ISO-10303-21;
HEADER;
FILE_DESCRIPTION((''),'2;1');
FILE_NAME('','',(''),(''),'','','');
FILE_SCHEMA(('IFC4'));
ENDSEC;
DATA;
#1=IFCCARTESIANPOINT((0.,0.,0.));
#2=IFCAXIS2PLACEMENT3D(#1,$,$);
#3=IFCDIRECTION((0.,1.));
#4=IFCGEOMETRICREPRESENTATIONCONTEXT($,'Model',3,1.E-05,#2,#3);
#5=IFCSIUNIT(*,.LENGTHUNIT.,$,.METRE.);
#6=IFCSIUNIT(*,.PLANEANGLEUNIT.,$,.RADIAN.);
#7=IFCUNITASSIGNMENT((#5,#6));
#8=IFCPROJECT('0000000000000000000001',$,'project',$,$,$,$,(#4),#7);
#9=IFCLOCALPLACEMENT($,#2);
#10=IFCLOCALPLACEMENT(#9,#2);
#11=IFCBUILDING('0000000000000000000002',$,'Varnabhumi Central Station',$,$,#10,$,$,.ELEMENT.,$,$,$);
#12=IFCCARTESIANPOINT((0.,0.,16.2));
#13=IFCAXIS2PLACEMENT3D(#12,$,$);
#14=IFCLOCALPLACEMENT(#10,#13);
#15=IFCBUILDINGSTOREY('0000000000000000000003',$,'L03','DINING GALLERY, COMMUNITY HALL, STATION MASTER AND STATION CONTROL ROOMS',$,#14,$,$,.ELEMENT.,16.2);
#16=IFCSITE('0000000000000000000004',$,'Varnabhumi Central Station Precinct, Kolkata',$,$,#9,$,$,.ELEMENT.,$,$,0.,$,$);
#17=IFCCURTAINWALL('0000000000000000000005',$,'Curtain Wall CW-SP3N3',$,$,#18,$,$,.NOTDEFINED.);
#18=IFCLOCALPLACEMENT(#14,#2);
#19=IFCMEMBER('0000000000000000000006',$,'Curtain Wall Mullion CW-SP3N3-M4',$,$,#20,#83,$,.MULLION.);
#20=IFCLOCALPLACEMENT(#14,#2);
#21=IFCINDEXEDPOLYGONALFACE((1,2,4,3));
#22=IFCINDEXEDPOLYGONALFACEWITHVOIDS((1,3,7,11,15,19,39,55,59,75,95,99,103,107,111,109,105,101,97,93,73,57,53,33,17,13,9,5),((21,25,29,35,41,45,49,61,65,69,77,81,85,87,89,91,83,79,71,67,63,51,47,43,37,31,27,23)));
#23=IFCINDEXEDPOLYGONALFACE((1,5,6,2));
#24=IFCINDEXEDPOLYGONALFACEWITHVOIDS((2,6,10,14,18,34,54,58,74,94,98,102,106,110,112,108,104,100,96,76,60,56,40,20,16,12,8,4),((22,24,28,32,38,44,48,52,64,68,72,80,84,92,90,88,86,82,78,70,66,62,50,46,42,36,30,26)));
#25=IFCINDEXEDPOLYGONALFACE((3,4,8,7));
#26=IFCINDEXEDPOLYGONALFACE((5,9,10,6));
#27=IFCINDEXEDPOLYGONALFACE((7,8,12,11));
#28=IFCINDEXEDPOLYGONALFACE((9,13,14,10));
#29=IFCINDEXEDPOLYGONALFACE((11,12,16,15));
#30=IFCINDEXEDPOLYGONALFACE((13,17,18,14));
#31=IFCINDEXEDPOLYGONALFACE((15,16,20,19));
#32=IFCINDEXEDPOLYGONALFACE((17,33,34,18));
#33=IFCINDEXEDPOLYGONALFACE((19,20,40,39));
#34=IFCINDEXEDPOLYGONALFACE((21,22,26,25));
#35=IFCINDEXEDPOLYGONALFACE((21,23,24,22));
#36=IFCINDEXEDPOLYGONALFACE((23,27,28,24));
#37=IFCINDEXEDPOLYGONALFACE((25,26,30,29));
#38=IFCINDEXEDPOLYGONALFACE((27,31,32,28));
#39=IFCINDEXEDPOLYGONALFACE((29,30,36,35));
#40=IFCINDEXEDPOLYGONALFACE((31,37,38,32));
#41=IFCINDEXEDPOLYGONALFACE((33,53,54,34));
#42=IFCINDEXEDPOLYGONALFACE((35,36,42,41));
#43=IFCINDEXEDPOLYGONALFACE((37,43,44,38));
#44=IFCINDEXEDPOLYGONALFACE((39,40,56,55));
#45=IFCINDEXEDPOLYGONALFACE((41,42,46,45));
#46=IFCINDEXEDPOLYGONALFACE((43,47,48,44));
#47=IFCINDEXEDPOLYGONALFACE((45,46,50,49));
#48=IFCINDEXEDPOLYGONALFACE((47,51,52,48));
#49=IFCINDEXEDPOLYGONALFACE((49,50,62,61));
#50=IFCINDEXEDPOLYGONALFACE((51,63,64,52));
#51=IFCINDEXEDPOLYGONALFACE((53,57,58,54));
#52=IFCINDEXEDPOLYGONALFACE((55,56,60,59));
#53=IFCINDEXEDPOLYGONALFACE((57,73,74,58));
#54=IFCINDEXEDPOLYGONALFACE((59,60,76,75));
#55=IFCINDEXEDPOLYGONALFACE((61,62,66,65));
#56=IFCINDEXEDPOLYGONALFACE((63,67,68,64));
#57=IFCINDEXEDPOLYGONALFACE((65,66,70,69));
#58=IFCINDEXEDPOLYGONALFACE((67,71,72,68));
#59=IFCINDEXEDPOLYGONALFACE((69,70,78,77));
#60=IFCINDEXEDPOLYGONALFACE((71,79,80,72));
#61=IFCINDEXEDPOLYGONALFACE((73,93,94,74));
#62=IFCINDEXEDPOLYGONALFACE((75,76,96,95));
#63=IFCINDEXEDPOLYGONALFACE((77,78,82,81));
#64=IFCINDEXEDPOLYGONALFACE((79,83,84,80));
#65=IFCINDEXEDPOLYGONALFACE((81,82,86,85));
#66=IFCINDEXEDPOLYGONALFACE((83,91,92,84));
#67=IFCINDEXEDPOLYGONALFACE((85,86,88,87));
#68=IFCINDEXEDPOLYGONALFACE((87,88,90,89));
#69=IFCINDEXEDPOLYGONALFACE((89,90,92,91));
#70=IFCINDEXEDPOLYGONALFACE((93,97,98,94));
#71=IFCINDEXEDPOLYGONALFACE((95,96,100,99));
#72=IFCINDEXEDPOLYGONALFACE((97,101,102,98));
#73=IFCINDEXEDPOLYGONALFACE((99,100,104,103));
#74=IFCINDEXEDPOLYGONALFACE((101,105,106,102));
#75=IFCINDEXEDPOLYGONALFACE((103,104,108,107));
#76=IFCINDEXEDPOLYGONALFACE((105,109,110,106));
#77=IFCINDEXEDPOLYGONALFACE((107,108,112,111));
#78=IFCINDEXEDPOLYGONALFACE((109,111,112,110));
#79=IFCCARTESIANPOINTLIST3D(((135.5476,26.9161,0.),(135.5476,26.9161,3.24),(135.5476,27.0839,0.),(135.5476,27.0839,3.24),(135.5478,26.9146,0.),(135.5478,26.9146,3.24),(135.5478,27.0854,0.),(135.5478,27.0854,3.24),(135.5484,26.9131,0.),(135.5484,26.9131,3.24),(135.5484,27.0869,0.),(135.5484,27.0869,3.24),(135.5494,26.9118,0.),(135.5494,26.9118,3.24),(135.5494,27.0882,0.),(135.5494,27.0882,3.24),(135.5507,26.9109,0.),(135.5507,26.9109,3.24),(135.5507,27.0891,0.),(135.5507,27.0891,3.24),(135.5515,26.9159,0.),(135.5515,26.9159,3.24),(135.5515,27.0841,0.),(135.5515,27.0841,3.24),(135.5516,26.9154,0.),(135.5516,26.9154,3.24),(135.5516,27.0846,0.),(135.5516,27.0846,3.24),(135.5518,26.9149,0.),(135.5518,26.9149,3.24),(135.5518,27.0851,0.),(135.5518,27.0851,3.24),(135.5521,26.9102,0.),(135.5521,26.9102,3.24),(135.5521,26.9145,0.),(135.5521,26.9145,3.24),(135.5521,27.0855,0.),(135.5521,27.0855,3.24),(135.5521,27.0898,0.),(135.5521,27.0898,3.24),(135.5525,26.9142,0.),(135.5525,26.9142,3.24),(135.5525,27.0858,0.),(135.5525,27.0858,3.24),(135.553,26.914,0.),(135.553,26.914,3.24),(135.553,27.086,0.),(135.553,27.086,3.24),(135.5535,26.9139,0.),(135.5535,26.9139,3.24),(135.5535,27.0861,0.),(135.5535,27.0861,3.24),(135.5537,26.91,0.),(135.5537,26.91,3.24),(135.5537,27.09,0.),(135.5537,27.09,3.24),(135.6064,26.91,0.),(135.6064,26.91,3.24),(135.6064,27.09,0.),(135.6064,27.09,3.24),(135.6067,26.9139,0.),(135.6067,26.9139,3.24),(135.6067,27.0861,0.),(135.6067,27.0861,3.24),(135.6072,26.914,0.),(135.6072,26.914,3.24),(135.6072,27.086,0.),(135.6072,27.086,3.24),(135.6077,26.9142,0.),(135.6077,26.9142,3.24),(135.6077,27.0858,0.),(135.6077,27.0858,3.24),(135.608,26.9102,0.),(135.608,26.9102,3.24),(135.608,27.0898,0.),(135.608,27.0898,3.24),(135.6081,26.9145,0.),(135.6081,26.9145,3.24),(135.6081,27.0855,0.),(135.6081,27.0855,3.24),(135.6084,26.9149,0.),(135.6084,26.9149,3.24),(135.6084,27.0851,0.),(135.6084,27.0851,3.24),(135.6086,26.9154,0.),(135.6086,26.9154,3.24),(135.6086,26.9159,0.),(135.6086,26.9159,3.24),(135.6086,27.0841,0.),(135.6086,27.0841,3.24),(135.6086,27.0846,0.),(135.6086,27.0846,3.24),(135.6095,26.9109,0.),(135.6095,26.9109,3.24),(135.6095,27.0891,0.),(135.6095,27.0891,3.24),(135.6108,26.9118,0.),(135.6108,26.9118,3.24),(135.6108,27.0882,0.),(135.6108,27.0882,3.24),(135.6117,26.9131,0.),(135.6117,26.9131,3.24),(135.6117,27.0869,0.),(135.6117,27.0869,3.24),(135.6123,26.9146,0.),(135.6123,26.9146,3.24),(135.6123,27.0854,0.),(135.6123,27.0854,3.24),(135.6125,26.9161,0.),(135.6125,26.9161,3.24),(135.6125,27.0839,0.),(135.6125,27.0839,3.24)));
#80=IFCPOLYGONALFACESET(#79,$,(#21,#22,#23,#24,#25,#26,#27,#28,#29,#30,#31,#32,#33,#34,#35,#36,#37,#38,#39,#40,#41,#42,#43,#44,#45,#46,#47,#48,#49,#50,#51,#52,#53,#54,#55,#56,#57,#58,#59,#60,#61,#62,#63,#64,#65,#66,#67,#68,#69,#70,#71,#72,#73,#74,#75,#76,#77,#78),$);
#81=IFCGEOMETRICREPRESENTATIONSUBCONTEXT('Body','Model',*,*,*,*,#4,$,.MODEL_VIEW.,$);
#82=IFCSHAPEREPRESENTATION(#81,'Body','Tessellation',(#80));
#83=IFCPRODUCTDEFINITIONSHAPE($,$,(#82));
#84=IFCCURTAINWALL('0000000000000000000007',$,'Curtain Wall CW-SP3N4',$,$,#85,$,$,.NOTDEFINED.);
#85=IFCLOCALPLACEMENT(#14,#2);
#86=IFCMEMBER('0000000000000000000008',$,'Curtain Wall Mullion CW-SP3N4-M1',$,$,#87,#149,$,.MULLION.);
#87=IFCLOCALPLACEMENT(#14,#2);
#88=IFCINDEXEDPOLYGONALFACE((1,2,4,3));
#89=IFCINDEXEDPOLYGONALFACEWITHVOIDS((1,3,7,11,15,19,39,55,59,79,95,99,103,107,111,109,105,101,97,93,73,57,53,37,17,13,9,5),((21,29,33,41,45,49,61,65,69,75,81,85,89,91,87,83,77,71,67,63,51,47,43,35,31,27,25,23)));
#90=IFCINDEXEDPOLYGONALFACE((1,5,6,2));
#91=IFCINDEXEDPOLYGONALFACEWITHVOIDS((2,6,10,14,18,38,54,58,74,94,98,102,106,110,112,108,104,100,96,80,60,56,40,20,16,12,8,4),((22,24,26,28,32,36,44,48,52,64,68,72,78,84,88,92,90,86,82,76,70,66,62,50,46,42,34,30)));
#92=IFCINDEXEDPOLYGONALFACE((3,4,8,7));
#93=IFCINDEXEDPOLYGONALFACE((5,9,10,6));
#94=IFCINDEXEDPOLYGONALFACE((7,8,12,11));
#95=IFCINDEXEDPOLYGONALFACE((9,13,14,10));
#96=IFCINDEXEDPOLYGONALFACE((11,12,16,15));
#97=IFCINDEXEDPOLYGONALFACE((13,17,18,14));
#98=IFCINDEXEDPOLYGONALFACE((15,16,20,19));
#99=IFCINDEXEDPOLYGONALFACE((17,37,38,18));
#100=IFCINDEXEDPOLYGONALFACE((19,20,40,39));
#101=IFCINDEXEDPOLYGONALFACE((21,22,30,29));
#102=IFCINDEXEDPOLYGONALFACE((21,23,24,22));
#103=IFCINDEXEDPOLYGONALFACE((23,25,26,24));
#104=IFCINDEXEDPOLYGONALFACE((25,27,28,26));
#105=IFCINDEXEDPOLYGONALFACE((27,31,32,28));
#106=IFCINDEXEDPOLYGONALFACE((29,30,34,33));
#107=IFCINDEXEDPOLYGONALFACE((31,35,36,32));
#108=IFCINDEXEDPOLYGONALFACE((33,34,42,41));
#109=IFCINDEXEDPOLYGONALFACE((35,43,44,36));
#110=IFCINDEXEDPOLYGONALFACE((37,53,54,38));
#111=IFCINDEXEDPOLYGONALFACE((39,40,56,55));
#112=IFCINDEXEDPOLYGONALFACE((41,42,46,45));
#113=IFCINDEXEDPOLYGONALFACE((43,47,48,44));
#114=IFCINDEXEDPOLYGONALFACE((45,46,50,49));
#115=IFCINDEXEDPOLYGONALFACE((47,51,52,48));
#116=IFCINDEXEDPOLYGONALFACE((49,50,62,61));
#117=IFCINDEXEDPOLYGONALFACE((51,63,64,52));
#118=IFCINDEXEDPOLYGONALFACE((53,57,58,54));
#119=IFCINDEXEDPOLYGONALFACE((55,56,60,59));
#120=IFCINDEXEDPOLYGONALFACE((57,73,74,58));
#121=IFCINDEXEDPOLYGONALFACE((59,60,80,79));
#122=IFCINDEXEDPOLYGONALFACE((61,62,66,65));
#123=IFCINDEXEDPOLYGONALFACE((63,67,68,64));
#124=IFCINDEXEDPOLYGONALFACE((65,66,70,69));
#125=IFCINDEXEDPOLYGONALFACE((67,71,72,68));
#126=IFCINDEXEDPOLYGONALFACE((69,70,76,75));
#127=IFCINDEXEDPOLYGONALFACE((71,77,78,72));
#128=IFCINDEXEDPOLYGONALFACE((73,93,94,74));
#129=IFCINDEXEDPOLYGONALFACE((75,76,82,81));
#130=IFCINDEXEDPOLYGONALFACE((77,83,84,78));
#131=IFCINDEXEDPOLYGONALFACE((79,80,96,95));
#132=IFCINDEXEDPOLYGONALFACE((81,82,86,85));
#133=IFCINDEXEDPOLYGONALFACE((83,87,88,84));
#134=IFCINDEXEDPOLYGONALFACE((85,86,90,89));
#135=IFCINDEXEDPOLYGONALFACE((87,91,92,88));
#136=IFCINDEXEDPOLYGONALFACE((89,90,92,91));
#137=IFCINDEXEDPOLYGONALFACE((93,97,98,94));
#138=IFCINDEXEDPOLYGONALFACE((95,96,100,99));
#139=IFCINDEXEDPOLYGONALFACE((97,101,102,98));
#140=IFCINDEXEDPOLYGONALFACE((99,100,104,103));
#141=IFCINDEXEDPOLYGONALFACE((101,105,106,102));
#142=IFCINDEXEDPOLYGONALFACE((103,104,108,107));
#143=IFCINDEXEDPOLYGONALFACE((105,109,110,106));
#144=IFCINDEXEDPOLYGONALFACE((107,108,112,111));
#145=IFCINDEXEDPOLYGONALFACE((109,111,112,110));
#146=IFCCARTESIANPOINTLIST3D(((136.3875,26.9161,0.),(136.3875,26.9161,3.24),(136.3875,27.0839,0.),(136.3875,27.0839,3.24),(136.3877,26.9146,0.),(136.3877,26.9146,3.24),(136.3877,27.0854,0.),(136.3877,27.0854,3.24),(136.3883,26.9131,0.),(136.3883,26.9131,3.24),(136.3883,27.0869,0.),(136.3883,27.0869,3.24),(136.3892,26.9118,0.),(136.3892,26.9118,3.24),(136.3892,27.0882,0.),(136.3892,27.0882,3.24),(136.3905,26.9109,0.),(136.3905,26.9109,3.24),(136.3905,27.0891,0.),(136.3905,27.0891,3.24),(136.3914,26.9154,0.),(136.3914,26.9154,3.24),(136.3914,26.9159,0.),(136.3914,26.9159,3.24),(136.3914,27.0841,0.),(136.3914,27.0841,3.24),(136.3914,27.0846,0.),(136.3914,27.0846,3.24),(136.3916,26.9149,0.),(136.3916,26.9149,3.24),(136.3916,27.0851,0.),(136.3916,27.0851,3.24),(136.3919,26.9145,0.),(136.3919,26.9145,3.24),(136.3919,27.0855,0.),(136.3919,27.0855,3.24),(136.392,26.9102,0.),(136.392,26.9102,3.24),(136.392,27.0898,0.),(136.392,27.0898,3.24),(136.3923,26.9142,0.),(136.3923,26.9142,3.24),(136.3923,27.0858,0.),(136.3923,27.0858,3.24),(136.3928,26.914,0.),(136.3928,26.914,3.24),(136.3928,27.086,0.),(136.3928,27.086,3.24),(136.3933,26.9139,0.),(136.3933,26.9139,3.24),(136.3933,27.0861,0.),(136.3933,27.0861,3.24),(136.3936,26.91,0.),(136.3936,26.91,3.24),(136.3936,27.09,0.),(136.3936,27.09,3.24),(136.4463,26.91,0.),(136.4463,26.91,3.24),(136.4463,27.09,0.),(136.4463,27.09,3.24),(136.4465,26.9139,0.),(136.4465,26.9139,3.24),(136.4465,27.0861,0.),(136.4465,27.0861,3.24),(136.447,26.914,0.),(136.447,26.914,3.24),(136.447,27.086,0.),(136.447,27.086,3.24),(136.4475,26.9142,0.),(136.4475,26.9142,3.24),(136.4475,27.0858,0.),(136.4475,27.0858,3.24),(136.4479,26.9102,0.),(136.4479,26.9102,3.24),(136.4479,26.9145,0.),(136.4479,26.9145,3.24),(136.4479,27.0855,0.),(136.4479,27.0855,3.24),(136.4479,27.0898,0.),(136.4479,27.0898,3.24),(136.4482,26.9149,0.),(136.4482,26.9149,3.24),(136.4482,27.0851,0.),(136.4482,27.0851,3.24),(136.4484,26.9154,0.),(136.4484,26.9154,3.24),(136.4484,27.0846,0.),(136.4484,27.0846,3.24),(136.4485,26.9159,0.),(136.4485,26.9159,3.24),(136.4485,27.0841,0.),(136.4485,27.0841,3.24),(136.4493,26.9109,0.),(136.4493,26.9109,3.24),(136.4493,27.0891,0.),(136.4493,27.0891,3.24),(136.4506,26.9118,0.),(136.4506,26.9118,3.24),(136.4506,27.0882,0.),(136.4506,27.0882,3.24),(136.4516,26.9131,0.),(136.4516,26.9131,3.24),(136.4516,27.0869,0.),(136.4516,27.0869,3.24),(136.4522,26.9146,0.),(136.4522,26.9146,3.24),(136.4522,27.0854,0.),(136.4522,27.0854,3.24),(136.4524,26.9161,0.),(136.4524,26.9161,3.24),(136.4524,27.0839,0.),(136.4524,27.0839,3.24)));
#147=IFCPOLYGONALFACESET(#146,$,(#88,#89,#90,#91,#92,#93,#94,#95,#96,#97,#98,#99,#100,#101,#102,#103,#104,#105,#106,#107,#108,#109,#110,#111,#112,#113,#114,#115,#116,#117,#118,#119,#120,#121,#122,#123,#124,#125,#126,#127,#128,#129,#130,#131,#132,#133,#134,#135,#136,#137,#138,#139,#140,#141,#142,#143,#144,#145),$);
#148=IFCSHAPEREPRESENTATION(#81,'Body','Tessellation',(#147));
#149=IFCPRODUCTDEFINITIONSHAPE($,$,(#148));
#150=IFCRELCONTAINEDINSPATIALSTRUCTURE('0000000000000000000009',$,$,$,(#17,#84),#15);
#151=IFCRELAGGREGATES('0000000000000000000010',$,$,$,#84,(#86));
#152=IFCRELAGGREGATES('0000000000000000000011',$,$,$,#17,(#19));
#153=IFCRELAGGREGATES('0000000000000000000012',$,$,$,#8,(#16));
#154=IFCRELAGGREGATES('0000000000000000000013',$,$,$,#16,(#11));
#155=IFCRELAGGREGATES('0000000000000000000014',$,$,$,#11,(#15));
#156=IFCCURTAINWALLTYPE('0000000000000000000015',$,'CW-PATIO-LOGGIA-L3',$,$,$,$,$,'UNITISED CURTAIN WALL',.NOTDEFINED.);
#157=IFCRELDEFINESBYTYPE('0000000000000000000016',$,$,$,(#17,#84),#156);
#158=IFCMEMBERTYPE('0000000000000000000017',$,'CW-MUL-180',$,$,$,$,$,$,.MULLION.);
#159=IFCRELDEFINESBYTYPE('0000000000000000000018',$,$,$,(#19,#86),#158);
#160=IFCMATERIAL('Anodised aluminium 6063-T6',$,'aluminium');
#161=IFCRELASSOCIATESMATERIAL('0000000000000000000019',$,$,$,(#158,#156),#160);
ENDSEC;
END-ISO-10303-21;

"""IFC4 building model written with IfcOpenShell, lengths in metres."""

from ifc_helpers import new_model, si_unit, direction, frame, origin, origin_2d, place, context, subcontext, project, spatial, hollow_rectangle, extrude, material, material_profile, profile_set, type_object, element, aggregate, save


model = new_model("IFC4")

# Units and contexts
model_context = context("Model", 3, precision=1e-05, world=origin(), true_north=direction((0.0, 1.0)))
body_context = subcontext(model_context, "Body", "Model", "MODEL_VIEW")
ifc_project = project(units=[si_unit("LENGTHUNIT", "METRE"), si_unit("PLANEANGLEUNIT", "RADIAN")], contexts=[model_context])

# Site, building, storey
site_placement = place(None, origin())
site = spatial("IfcSite", under=ifc_project, at=site_placement, Name="Varnabhumi Central Station Precinct, Kolkata", CompositionType="ELEMENT", RefElevation=0.0)
building_placement = place(site_placement, origin())
building = spatial("IfcBuilding", under=site, at=building_placement, Name="Varnabhumi Central Station", CompositionType="ELEMENT")
storey_placement = place(building_placement, frame((0.0, 0.0, 16.2)))
storey = spatial("IfcBuildingStorey", under=building, at=storey_placement, Name="L03", Description="DINING GALLERY, COMMUNITY HALL, STATION MASTER AND STATION CONTROL ROOMS", CompositionType="ELEMENT", Elevation=16.2)

# Curtain walls, members
ifc_material_1 = material(Name="Anodised aluminium 6063-T6", Category="aluminium")
ifc_material_profile_1 = material_profile(ifc_material_1, hollow_rectangle(XDim=0.0649, YDim=0.1799, WallThickness=0.0039, InnerFilletRadius=0.002, OuterFilletRadius=0.0061, at=origin_2d()), Name="Anodised aluminium 6063-T6", Category="aluminium")
ifc_profile_set_1 = profile_set([ifc_material_profile_1], Name="Anodised aluminium 6063-T6")
member_type_1 = type_object("IfcMemberType", Name="CW-MUL-180", PredefinedType="MULLION", material=ifc_profile_set_1)
curtain_wall_type_1 = type_object("IfcCurtainWallType", Name="CW-PATIO-LOGGIA-L3", ElementType="UNITISED CURTAIN WALL", PredefinedType="NOTDEFINED", material=ifc_material_1)
curtain_wall_1_placement = place(storey_placement, origin())
curtain_wall_1 = element("IfcCurtainWall", 1, at=curtain_wall_1_placement, inside=storey, type_object=curtain_wall_type_1, Name="Curtain Wall CW-SP3N3", PredefinedType="NOTDEFINED")
member_1_placement = place(storey_placement, frame((135.5801, 27.0, 0.0), z_axis=(0.0, 0.0, 1.0), x_axis=(1.0, 0.0, 0.0)))
member_1 = element("IfcMember", 2, at=member_1_placement, type_object=member_type_1, Name="Curtain Wall Mullion CW-SP3N3-M4", PredefinedType="MULLION", context=body_context, shape_type="SweptSolid", body=[
    extrude(hollow_rectangle(XDim=0.0649, YDim=0.1799, WallThickness=0.0039, InnerFilletRadius=0.002, OuterFilletRadius=0.0061, at=origin_2d()), origin(), (0.0, 0.0, 1.0), 3.24),
])
curtain_wall_2_placement = place(storey_placement, origin())
curtain_wall_2 = element("IfcCurtainWall", 3, at=curtain_wall_2_placement, inside=storey, type_object=curtain_wall_type_1, Name="Curtain Wall CW-SP3N4", PredefinedType="NOTDEFINED")
member_2_placement = place(storey_placement, frame((136.4199, 27.0, 0.0), z_axis=(0.0, 0.0, 1.0), x_axis=(1.0, 0.0, 0.0)))
member_2 = element("IfcMember", 4, at=member_2_placement, type_object=member_type_1, Name="Curtain Wall Mullion CW-SP3N4-M1", PredefinedType="MULLION", context=body_context, shape_type="SweptSolid", body=[
    extrude(hollow_rectangle(XDim=0.0649, YDim=0.1799, WallThickness=0.0039, InnerFilletRadius=0.002, OuterFilletRadius=0.0061, at=origin_2d()), origin(), (0.0, 0.0, 1.0), 3.24),
])

aggregate(curtain_wall_2, [member_2])
aggregate(curtain_wall_1, [member_1])

save(model, "model.ifc")
